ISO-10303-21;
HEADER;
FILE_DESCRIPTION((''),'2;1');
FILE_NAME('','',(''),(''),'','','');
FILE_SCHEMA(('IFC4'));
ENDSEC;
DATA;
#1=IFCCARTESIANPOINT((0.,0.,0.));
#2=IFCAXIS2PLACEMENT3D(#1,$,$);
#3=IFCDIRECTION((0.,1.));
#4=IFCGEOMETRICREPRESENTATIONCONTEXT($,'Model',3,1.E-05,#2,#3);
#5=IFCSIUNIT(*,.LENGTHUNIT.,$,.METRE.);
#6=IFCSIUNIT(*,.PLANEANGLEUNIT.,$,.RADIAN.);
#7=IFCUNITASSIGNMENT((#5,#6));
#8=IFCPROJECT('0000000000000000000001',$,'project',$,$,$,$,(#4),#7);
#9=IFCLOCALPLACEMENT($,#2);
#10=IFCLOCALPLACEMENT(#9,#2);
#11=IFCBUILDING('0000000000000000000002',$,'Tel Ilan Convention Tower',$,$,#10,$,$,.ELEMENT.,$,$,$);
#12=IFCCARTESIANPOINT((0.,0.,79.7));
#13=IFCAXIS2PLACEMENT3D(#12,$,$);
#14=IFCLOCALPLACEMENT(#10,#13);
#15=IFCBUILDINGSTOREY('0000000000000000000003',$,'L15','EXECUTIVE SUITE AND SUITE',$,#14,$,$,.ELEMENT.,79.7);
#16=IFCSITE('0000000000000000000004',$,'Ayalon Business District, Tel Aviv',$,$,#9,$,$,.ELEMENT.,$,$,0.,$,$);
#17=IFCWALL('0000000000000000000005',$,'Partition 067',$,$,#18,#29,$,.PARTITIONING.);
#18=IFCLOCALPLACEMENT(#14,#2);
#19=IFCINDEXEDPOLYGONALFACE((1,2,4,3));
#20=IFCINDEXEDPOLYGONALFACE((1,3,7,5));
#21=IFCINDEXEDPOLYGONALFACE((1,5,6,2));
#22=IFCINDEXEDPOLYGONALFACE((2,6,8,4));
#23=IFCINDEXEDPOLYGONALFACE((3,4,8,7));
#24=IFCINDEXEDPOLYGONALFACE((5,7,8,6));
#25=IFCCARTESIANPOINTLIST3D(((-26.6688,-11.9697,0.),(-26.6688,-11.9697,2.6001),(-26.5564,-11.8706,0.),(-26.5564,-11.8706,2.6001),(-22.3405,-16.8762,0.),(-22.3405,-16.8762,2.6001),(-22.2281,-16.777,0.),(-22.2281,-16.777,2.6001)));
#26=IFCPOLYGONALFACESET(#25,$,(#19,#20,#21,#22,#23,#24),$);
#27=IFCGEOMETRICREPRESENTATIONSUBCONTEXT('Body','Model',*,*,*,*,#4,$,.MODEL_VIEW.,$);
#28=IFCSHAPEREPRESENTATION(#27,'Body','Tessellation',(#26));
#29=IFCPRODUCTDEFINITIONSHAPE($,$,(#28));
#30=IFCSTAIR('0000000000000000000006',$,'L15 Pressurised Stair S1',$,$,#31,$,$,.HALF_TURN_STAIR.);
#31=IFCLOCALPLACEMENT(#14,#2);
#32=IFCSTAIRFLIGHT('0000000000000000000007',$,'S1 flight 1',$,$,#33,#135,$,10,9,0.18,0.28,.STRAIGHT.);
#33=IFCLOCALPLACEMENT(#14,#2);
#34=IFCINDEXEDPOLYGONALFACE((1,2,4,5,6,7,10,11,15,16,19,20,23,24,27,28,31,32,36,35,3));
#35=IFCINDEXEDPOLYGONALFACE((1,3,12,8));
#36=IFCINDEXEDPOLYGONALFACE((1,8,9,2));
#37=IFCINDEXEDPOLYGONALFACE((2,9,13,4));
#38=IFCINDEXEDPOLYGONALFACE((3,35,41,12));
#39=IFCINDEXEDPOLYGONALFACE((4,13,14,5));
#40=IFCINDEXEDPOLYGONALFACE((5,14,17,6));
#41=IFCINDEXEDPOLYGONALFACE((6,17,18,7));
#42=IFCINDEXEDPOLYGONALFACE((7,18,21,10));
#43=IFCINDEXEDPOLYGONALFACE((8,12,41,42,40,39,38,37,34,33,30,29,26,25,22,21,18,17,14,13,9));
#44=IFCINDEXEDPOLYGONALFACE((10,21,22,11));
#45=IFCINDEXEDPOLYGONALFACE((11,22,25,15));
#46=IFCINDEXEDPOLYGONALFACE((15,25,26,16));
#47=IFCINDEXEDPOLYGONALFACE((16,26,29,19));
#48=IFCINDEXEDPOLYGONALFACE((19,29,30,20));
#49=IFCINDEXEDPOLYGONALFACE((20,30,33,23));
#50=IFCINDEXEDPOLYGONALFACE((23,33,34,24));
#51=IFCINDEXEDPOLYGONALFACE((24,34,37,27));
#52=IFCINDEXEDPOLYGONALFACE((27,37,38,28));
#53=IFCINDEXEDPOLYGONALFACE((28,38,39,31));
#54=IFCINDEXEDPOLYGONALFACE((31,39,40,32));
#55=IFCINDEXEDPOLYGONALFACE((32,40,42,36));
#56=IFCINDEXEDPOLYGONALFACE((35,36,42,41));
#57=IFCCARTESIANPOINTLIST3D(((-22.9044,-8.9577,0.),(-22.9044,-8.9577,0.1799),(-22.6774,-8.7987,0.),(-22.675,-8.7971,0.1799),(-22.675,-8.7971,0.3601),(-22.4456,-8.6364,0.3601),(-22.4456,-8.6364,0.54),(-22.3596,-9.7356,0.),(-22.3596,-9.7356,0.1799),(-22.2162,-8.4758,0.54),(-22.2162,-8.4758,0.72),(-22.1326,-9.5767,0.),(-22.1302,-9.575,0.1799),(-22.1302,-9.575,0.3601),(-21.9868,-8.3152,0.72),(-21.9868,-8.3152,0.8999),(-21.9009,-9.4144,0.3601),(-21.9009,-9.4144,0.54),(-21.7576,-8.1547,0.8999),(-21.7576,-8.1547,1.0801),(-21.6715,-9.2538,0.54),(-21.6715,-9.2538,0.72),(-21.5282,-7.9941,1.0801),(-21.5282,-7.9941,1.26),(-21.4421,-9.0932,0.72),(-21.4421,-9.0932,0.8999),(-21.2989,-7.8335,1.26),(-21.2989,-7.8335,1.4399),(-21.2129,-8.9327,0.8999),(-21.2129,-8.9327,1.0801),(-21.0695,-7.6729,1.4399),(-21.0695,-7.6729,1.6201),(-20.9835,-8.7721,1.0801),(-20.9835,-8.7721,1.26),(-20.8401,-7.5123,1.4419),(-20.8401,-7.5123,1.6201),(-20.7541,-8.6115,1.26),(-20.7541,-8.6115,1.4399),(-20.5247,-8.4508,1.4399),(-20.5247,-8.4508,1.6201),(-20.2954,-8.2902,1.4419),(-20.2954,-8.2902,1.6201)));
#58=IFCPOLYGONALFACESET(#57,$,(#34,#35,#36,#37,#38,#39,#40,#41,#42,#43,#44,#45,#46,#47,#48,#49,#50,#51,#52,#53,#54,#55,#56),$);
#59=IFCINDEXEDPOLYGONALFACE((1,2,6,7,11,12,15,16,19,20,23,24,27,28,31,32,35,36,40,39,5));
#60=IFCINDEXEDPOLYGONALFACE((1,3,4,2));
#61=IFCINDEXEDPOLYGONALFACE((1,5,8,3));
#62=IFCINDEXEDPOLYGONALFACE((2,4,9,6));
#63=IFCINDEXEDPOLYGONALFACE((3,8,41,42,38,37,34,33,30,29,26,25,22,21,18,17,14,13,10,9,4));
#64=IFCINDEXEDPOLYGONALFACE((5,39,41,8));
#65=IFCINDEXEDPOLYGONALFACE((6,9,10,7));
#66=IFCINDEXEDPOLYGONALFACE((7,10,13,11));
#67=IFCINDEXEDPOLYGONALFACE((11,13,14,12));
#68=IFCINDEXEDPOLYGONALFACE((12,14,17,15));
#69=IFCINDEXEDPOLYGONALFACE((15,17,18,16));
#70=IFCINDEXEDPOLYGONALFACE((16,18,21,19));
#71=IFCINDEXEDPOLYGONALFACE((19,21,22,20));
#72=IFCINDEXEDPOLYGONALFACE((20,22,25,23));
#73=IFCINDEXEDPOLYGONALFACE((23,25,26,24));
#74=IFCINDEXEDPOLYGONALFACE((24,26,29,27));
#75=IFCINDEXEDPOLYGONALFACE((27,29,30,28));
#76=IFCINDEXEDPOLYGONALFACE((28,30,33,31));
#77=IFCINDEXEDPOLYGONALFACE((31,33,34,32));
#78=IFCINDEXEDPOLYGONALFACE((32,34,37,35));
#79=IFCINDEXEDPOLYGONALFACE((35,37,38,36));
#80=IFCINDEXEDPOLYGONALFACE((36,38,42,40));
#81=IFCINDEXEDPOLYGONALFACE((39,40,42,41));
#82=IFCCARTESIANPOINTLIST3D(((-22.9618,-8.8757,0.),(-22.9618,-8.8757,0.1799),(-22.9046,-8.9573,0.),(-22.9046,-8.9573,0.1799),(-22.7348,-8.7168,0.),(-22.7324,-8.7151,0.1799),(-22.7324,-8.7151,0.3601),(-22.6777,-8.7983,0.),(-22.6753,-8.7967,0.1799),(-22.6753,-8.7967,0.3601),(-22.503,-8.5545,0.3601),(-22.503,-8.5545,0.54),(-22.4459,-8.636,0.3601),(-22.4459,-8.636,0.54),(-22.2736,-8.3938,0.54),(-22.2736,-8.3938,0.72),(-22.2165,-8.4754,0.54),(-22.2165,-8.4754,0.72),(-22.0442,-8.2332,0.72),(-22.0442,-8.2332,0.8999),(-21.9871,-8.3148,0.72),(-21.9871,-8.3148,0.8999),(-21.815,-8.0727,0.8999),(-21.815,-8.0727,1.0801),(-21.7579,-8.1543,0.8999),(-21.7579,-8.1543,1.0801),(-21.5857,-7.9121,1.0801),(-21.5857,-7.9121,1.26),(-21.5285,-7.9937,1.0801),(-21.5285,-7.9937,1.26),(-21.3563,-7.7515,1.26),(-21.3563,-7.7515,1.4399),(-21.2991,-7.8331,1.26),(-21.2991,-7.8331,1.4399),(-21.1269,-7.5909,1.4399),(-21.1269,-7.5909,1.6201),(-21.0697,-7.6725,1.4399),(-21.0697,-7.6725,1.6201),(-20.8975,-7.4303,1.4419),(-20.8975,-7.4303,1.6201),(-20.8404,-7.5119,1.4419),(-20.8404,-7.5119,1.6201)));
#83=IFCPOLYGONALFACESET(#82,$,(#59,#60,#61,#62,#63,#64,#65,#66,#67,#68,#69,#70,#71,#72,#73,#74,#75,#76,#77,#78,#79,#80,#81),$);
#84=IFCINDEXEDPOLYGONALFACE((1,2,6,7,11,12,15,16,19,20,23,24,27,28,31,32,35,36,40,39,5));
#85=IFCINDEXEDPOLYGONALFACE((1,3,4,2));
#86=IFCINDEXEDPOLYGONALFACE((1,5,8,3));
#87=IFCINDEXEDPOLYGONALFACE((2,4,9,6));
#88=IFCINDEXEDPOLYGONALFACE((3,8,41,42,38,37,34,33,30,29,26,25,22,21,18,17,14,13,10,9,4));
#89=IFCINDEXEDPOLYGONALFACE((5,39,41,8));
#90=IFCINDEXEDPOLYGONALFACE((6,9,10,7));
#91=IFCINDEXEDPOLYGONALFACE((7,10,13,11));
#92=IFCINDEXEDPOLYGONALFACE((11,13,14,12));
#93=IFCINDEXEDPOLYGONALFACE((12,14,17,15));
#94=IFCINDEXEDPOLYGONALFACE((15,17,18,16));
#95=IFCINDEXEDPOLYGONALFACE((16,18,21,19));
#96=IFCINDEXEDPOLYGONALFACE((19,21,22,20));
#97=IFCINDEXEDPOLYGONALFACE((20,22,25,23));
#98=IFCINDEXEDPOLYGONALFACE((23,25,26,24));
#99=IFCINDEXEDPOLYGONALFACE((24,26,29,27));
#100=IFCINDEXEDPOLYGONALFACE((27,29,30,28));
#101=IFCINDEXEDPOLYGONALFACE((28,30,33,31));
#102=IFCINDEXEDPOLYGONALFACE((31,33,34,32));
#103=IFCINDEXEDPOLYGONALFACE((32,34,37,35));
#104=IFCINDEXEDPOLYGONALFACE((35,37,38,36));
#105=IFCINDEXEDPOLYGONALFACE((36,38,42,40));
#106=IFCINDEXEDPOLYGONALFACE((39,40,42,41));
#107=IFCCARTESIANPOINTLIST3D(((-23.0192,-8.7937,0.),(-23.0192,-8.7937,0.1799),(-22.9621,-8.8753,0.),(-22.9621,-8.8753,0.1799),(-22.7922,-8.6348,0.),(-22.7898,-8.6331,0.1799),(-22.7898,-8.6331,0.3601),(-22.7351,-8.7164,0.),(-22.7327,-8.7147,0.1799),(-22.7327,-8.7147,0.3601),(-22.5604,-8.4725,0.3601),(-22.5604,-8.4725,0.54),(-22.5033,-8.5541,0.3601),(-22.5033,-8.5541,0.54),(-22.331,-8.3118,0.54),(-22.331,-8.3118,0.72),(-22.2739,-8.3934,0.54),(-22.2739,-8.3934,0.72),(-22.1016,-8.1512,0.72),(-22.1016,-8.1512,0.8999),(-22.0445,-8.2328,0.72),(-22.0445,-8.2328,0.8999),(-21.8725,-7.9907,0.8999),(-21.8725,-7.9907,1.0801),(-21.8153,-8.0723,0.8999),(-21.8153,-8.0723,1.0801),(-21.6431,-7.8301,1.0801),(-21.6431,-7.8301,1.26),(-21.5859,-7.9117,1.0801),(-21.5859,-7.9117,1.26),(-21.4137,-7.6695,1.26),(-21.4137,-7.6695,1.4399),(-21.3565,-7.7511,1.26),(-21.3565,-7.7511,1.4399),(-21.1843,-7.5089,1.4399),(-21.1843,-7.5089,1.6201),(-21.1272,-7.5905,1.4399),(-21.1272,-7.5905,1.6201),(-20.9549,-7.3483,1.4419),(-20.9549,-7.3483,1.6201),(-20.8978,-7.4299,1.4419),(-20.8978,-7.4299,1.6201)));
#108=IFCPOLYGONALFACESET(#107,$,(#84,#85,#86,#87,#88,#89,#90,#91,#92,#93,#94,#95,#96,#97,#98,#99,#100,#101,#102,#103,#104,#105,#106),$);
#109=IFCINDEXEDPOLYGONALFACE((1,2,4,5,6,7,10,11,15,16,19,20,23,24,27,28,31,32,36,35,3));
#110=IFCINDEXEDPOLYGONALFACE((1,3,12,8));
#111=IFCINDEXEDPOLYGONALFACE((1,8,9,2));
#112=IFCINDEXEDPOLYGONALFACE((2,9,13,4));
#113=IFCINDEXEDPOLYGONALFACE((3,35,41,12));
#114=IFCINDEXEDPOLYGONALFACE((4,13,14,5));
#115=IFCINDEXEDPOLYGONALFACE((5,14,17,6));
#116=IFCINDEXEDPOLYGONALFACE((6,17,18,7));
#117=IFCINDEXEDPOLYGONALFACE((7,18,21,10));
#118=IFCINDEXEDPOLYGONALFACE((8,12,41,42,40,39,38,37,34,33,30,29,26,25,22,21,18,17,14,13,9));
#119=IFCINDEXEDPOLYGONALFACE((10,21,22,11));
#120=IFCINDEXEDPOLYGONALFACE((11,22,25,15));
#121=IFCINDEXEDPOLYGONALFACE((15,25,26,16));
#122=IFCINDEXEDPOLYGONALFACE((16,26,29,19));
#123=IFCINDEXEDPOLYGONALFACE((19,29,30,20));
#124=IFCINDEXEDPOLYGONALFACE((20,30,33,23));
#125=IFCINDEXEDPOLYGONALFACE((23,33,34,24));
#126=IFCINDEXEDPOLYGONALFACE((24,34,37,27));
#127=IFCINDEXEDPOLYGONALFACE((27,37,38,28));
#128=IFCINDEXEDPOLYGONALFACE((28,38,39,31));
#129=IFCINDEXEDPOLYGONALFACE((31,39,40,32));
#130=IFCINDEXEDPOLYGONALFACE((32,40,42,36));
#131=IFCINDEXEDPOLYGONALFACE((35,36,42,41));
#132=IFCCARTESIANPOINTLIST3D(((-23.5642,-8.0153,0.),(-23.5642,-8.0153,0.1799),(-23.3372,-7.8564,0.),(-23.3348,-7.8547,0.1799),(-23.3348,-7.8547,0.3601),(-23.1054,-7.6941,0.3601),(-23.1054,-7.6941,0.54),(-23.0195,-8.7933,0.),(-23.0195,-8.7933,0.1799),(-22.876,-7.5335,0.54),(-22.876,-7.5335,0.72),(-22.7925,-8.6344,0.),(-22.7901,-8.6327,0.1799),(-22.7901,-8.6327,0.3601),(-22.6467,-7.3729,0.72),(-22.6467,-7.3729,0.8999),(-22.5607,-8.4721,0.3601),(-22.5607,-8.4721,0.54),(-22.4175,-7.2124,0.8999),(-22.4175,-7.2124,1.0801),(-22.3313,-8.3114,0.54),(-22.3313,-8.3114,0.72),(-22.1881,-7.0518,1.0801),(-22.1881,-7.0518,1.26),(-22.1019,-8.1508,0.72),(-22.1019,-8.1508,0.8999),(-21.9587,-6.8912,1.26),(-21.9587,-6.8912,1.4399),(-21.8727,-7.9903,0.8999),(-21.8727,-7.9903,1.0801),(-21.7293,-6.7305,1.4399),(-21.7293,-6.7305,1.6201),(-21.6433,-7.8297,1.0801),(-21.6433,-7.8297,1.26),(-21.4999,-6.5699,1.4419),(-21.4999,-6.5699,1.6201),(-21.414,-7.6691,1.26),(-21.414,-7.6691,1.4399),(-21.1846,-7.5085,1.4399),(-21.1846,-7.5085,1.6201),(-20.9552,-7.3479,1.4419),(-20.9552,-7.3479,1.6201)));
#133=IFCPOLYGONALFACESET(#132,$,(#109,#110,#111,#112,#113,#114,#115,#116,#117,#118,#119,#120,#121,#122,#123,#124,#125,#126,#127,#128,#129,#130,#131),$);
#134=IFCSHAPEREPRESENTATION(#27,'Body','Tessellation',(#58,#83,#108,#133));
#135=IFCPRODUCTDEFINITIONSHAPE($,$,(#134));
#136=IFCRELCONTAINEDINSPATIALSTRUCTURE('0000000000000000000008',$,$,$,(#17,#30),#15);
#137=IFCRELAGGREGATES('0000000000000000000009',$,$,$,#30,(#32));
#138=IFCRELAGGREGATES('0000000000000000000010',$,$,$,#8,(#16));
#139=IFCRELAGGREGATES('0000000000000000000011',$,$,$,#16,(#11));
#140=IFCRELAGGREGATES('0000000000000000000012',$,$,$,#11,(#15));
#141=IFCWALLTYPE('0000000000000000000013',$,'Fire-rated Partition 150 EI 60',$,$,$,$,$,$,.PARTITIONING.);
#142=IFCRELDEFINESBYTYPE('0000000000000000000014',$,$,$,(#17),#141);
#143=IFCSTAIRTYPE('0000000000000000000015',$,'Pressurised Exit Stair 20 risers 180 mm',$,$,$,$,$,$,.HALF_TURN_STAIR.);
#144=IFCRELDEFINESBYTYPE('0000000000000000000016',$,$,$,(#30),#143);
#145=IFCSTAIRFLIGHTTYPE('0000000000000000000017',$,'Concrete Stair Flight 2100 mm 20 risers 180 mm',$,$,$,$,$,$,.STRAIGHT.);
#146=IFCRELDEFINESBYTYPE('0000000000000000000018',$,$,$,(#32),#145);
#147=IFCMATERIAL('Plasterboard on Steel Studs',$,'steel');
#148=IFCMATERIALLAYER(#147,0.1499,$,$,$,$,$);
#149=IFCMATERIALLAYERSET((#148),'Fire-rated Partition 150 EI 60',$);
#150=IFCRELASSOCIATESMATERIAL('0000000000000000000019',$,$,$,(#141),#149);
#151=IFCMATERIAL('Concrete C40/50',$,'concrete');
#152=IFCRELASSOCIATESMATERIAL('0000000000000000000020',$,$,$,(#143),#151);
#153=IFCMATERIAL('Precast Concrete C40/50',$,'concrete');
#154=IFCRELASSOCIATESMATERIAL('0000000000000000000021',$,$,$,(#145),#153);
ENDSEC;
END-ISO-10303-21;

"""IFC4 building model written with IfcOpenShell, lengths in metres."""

from ifc_helpers import new_model, si_unit, direction, frame, frame_2d, origin, place, context, subcontext, project, spatial, polyline, rectangle, outline, extrude, material, layer, layer_set, type_object, element, aggregate, save


model = new_model("IFC4")

# Units and contexts
model_context = context("Model", 3, precision=1e-05, world=origin(), true_north=direction((0.0, 1.0)))
body_context = subcontext(model_context, "Body", "Model", "MODEL_VIEW")
ifc_project = project(units=[si_unit("LENGTHUNIT", "METRE"), si_unit("PLANEANGLEUNIT", "RADIAN")], contexts=[model_context])

# Site, building, storey
site_placement = place(None, origin())
site = spatial("IfcSite", under=ifc_project, at=site_placement, Name="Ayalon Business District, Tel Aviv", CompositionType="ELEMENT", RefElevation=0.0)
building_placement = place(site_placement, origin())
building = spatial("IfcBuilding", under=site, at=building_placement, Name="Tel Ilan Convention Tower", CompositionType="ELEMENT")
storey_placement = place(building_placement, frame((0.0, 0.0, 79.7)))
storey = spatial("IfcBuildingStorey", under=building, at=storey_placement, Name="L15", Description="EXECUTIVE SUITE AND SUITE", CompositionType="ELEMENT", Elevation=79.7)

# Wall
ifc_material_1 = material(Name="Plasterboard on Steel Studs", Category="steel")
ifc_layer_1 = layer(ifc_material_1, 0.1499)
ifc_layer_set_1 = layer_set([ifc_layer_1], Name="Fire-rated Partition 150 EI 60")
wall_type_1 = type_object("IfcWallType", Name="Fire-rated Partition 150 EI 60", PredefinedType="PARTITIONING", material=ifc_layer_set_1)
wall_1_placement = place(storey_placement, frame((-22.2842, -16.8267, 0.0), z_axis=(0.0, 0.0, 1.0), x_axis=(-0.661545, 0.749905, 0.0)))
element("IfcWall", 1, at=wall_1_placement, inside=storey, type_object=wall_type_1, Name="Partition 067", PredefinedType="PARTITIONING", context=body_context, shape_type="SweptSolid", body=[
    extrude(rectangle(XDim=6.5427, YDim=0.1499, at=frame_2d((3.2715, 0.0))), origin(), (0.0, 0.0, 1.0), 2.6001),
])

# Stair, stair flight
ifc_material_2 = material(Name="Concrete C40/50", Category="concrete")
stair_type = type_object("IfcStairType", Name="Pressurised Exit Stair 20 risers 180 mm", PredefinedType="HALF_TURN_STAIR", material=ifc_material_2)
stair_1_placement = place(storey_placement, origin())
stair_1 = element("IfcStair", 2, at=stair_1_placement, inside=storey, type_object=stair_type, Name="L15 Pressurised Stair S1", PredefinedType="HALF_TURN_STAIR")
ifc_material_3 = material(Name="Precast Concrete C40/50", Category="concrete")
stair_flight_type = type_object("IfcStairFlightType", Name="Concrete Stair Flight 2100 mm 20 risers 180 mm", PredefinedType="STRAIGHT", material=ifc_material_3)
stair_flight_1_placement = place(storey_placement, frame((-22.9619, -8.8755, 0.0), z_axis=(0.0, 0.0, 1.0), x_axis=(0.819152, 0.573576, 0.0)))
stair_flight_1 = element("IfcStairFlight", 3, at=stair_flight_1_placement, type_object=stair_flight_type, Name="S1 flight 1", NumberOfRisers=10, NumberOfTreads=9, PredefinedType="STRAIGHT", RiserHeight=0.18, TreadLength=0.28, context=body_context, shape_type="SweptSolid", body=[
    extrude(outline(polyline([(0.0, 0.0), (0.0, 0.1799), (0.28, 0.1799), (0.28, 0.3601), (0.5601, 0.3601), (0.5601, 0.54), (0.8401, 0.54), (0.8401, 0.72), (1.1201, 0.72), (1.1201, 0.8999), (1.3999, 0.8999), (1.3999, 1.0801), (1.6799, 1.0801), (1.6799, 1.26), (1.96, 1.26), (1.96, 1.4399), (2.24, 1.4399), (2.24, 1.6201), (2.52, 1.6201), (2.52, 1.8), (2.52, 1.4419), (0.2771, 0.0), (0.0, 0.0)])), frame((0.0, -0.1003, 0.0), z_axis=(0.0, -1.0, 0.0), x_axis=(1.0, 0.0, 0.0)), (0.0, 0.0, 1.0), 0.9497),
    extrude(outline(polyline([(0.0, 0.0), (0.0, 0.1799), (0.28, 0.1799), (0.28, 0.3601), (0.5601, 0.3601), (0.5601, 0.54), (0.8401, 0.54), (0.8401, 0.72), (1.1201, 0.72), (1.1201, 0.8999), (1.3999, 0.8999), (1.3999, 1.0801), (1.6799, 1.0801), (1.6799, 1.26), (1.96, 1.26), (1.96, 1.4399), (2.24, 1.4399), (2.24, 1.6201), (2.52, 1.6201), (2.52, 1.8), (2.52, 1.4419), (0.2771, 0.0), (0.0, 0.0)])), frame((0.0, -0.0002, 0.0), z_axis=(0.0, -1.0, 0.0), x_axis=(1.0, 0.0, 0.0)), (0.0, 0.0, 1.0), 0.0996),
    extrude(outline(polyline([(0.0, 0.0), (0.0, 0.1799), (0.28, 0.1799), (0.28, 0.3601), (0.5601, 0.3601), (0.5601, 0.54), (0.8401, 0.54), (0.8401, 0.72), (1.1201, 0.72), (1.1201, 0.8999), (1.3999, 0.8999), (1.3999, 1.0801), (1.6799, 1.0801), (1.6799, 1.26), (1.96, 1.26), (1.96, 1.4399), (2.24, 1.4399), (2.24, 1.6201), (2.52, 1.6201), (2.52, 1.8), (2.52, 1.4419), (0.2771, 0.0), (0.0, 0.0)])), frame((0.0, 0.0999, 0.0), z_axis=(0.0, -1.0, 0.0), x_axis=(1.0, 0.0, 0.0)), (0.0, 0.0, 1.0), 0.0996),
    extrude(outline(polyline([(0.0, 0.0), (0.0, 0.1799), (0.28, 0.1799), (0.28, 0.3601), (0.5601, 0.3601), (0.5601, 0.54), (0.8401, 0.54), (0.8401, 0.72), (1.1201, 0.72), (1.1201, 0.8999), (1.3999, 0.8999), (1.3999, 1.0801), (1.6799, 1.0801), (1.6799, 1.26), (1.96, 1.26), (1.96, 1.4399), (2.24, 1.4399), (2.24, 1.6201), (2.52, 1.6201), (2.52, 1.8), (2.52, 1.4419), (0.2771, 0.0), (0.0, 0.0)])), frame((0.0, 1.05, 0.0), z_axis=(0.0, -1.0, 0.0), x_axis=(1.0, 0.0, 0.0)), (0.0, 0.0, 1.0), 0.9497),
])
aggregate(stair_1, [stair_flight_1])

save(model, "model.ifc")
